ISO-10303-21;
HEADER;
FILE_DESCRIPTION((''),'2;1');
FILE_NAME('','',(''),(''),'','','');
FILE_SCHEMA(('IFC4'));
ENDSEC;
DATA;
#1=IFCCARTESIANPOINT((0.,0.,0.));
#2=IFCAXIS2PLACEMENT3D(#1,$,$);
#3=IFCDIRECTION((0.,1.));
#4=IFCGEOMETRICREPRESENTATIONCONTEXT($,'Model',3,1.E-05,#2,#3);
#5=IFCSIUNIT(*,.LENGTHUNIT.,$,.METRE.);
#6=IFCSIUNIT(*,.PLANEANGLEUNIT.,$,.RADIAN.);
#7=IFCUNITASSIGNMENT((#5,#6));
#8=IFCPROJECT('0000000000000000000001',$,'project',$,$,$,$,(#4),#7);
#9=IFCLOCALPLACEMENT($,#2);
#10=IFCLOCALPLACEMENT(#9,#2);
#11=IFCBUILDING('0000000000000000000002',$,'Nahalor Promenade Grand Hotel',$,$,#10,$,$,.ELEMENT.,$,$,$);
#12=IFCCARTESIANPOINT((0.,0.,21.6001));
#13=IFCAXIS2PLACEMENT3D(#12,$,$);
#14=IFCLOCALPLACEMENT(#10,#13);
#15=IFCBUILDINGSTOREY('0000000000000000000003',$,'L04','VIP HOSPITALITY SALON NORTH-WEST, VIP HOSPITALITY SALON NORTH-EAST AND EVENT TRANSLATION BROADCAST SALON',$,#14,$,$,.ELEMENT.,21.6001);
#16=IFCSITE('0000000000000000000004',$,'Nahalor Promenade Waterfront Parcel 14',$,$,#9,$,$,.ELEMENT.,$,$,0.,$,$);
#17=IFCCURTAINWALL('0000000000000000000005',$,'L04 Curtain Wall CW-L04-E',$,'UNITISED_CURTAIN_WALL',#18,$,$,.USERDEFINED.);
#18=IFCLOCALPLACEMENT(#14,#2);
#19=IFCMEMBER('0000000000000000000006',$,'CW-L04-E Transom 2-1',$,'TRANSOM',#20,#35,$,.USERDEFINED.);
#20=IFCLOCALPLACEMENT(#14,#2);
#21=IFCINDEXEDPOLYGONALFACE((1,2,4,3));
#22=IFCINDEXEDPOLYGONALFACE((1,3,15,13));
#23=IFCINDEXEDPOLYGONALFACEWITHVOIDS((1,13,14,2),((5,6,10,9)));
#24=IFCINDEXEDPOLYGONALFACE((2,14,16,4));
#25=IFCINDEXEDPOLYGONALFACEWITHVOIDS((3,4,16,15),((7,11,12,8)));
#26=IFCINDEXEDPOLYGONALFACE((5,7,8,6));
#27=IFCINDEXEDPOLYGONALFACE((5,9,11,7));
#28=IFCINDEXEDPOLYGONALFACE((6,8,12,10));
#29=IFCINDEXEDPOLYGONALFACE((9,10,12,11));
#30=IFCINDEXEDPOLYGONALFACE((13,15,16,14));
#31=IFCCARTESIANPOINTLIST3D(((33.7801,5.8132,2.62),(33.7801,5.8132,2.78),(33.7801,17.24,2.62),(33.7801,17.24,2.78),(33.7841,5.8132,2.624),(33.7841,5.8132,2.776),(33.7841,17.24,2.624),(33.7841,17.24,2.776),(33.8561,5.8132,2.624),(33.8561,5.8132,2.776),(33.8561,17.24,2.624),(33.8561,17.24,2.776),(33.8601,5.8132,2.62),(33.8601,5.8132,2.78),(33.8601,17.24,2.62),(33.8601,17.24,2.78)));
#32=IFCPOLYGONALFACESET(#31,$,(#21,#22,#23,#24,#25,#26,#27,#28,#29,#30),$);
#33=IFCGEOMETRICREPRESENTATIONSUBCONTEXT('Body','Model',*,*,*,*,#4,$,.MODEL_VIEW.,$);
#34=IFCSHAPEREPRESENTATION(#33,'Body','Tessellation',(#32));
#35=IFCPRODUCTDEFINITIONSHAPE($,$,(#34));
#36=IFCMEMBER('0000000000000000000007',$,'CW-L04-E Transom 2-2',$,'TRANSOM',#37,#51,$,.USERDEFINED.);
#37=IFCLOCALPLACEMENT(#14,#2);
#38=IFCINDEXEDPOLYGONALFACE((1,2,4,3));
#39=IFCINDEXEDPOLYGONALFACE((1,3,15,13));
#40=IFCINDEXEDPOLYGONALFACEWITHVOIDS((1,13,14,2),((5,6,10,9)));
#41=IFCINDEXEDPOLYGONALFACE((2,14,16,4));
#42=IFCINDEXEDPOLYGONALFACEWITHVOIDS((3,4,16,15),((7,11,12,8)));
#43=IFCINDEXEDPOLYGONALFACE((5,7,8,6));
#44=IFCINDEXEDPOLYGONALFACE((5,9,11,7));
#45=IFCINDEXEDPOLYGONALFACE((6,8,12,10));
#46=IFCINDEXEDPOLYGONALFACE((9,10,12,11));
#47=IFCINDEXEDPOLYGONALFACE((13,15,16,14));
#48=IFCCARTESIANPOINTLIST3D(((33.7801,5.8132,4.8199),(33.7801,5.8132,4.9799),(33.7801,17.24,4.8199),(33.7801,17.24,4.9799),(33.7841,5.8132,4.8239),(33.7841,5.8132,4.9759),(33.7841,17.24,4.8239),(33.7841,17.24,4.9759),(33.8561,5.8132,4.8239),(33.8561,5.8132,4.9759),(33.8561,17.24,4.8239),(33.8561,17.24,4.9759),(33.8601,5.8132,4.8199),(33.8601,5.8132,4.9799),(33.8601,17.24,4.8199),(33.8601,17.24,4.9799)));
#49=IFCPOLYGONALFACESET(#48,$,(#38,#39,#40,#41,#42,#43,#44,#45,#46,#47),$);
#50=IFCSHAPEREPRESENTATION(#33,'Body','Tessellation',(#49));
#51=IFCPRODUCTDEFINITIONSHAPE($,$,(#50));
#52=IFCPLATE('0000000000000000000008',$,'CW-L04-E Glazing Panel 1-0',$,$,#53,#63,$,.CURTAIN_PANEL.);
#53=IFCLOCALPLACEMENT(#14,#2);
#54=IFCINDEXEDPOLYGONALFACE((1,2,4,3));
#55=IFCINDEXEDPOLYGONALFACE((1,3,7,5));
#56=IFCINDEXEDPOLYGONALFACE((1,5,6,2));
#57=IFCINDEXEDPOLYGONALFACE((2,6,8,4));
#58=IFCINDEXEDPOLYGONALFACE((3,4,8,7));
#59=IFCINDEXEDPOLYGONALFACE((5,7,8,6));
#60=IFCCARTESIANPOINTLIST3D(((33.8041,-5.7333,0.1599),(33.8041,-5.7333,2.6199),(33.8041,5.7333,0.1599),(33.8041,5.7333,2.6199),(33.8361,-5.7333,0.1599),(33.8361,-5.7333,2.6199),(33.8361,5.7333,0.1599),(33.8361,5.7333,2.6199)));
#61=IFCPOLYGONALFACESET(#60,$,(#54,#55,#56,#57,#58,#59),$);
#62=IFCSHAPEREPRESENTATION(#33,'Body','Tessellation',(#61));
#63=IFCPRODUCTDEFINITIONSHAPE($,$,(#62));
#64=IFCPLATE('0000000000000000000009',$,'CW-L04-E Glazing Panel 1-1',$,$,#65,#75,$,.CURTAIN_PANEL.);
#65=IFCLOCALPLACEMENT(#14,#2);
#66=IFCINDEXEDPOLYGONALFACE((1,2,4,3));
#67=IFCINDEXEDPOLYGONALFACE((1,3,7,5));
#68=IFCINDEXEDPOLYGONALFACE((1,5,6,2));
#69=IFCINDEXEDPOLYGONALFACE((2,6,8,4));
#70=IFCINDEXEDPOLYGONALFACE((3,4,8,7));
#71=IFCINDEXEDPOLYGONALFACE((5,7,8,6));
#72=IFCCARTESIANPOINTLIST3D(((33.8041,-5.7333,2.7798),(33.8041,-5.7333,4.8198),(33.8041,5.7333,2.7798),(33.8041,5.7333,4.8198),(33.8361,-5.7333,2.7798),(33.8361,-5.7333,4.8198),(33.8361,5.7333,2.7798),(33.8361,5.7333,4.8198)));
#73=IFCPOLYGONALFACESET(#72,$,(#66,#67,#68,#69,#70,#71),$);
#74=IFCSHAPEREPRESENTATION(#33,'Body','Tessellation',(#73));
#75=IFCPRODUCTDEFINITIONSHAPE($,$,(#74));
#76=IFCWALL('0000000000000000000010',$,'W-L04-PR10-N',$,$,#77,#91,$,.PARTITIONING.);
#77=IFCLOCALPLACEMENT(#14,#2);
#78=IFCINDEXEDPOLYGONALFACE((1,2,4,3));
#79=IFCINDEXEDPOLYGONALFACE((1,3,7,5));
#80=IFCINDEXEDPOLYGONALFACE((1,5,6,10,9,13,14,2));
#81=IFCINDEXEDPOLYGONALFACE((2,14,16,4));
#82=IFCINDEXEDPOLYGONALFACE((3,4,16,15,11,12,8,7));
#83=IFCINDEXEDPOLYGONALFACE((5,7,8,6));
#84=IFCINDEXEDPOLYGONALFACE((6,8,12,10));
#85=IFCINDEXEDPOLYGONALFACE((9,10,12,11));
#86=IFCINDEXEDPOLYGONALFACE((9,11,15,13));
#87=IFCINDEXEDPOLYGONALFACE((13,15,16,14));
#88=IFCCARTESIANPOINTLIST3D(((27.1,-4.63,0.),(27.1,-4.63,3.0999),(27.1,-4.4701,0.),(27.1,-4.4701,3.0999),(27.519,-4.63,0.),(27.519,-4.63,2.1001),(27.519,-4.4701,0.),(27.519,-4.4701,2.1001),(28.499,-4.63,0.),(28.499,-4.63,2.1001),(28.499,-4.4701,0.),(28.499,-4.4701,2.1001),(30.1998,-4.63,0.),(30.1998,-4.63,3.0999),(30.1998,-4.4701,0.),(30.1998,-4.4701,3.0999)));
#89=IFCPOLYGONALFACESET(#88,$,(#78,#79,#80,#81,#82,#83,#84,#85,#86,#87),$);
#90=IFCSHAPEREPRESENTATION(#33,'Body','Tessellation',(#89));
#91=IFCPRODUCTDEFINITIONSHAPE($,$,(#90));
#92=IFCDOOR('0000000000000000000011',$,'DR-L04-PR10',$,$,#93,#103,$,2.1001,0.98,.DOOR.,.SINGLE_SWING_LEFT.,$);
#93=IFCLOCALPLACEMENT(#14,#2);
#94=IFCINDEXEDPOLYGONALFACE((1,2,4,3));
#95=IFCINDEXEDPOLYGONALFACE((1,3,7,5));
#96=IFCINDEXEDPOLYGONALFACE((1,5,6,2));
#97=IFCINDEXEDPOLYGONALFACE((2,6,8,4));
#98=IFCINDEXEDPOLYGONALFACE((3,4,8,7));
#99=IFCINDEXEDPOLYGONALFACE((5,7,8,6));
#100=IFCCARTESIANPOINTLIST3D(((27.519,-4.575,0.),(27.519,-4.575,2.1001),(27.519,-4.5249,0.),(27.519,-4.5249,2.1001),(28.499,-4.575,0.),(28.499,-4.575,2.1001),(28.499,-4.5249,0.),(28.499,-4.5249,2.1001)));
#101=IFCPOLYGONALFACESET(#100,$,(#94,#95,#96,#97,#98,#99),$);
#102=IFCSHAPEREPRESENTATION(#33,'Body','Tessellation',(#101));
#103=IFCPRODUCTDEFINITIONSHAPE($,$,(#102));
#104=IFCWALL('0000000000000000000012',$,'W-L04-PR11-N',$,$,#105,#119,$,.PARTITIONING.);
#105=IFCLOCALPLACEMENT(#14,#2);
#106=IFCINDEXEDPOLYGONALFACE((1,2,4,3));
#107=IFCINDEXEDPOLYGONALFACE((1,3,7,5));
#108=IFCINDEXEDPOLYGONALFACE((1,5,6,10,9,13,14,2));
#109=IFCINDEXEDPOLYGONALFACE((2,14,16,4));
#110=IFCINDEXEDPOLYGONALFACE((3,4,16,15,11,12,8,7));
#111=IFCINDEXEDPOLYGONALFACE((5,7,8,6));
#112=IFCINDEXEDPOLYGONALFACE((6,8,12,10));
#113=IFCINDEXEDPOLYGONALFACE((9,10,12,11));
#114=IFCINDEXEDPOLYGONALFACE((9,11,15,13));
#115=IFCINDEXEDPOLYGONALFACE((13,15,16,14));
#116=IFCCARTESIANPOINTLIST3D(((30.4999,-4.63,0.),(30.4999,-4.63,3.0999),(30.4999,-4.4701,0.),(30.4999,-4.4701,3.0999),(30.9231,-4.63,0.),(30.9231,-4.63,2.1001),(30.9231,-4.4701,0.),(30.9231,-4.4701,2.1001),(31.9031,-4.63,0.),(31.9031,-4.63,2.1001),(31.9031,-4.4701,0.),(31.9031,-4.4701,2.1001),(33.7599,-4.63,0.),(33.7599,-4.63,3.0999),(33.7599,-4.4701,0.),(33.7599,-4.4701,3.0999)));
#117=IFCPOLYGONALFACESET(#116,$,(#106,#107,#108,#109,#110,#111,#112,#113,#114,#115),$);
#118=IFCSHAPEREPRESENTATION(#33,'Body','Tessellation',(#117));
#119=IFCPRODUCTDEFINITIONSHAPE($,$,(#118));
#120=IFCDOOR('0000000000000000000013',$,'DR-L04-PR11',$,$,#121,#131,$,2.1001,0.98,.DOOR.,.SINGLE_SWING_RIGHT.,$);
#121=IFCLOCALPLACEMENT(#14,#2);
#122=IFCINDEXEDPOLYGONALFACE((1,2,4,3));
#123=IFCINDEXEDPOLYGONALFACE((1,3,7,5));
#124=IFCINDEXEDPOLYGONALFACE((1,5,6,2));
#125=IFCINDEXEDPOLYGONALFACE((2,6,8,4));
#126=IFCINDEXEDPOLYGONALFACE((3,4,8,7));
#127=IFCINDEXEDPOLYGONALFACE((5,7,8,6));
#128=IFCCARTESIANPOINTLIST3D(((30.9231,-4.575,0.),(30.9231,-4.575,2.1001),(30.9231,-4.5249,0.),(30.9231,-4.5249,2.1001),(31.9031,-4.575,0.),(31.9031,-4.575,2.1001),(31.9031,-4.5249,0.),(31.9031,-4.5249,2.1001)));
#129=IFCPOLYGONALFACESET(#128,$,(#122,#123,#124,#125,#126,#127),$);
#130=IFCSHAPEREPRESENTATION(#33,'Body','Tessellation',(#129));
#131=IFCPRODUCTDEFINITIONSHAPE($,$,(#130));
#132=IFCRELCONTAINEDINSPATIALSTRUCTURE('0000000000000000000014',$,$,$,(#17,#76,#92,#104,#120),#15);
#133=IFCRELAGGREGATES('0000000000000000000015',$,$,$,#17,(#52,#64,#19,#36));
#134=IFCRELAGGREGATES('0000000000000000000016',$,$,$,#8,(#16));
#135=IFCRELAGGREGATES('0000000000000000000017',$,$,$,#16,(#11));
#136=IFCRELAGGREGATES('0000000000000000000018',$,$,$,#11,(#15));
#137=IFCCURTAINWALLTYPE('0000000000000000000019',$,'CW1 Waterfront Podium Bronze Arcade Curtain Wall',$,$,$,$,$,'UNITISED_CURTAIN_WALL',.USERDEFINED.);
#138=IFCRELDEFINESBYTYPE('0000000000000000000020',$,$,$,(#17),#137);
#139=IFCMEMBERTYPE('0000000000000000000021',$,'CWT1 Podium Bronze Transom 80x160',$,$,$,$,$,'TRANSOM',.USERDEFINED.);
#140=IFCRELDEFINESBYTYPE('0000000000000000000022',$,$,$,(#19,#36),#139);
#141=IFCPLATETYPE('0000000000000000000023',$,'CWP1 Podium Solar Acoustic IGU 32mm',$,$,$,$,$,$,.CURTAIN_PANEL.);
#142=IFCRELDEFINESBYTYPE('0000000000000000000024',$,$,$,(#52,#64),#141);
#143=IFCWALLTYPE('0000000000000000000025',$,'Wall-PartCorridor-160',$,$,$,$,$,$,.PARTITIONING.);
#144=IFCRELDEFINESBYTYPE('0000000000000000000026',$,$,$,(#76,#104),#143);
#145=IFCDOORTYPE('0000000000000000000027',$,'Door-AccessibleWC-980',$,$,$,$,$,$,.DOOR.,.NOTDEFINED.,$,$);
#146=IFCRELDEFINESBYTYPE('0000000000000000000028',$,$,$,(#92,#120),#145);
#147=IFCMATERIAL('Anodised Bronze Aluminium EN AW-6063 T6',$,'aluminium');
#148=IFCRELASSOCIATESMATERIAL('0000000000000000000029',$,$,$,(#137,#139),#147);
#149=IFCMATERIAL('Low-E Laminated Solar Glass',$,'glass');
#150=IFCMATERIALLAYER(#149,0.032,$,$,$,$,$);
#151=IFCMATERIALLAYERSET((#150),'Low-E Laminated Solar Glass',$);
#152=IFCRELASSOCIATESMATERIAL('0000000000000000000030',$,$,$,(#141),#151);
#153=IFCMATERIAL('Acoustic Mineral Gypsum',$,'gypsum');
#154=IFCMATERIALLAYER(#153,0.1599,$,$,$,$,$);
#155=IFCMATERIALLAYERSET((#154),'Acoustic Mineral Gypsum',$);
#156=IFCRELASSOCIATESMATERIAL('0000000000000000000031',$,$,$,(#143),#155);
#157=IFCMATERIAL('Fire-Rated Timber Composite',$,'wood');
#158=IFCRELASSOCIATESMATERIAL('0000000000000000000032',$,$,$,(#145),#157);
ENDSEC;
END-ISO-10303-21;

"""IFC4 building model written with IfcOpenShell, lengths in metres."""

from ifc_helpers import new_model, si_unit, direction, frame, frame_2d, origin, origin_2d, place, context, subcontext, project, spatial, rectangle, hollow_rectangle, extrude, source, transform, mapped, material, layer, layer_set, material_profile, profile_set, type_object, element, fill, aggregate, save


model = new_model("IFC4")

# Units and contexts
model_context = context("Model", 3, precision=1e-05, world=origin(), true_north=direction((0.0, 1.0)))
body_context = subcontext(model_context, "Body", "Model", "MODEL_VIEW")
ifc_project = project(units=[si_unit("LENGTHUNIT", "METRE"), si_unit("PLANEANGLEUNIT", "RADIAN")], contexts=[model_context])

# Site, building, storey
site_placement = place(None, origin())
site = spatial("IfcSite", under=ifc_project, at=site_placement, Name="Nahalor Promenade Waterfront Parcel 14", CompositionType="ELEMENT", RefElevation=0.0)
building_placement = place(site_placement, origin())
building = spatial("IfcBuilding", under=site, at=building_placement, Name="Nahalor Promenade Grand Hotel", CompositionType="ELEMENT")
storey_placement = place(building_placement, frame((0.0, 0.0, 21.6001)))
storey = spatial("IfcBuildingStorey", under=building, at=storey_placement, Name="L04", Description="VIP HOSPITALITY SALON NORTH-WEST, VIP HOSPITALITY SALON NORTH-EAST AND EVENT TRANSLATION BROADCAST SALON", CompositionType="ELEMENT", Elevation=21.6001)

# Curtain wall, members, plates
ifc_material_1 = material(Name="Anodised Bronze Aluminium EN AW-6063 T6", Category="aluminium")
curtain_wall_type = type_object("IfcCurtainWallType", Name="CW1 Waterfront Podium Bronze Arcade Curtain Wall", ElementType="UNITISED_CURTAIN_WALL", PredefinedType="USERDEFINED", material=ifc_material_1)
curtain_wall_placement = place(storey_placement, origin())
curtain_wall = element("IfcCurtainWall", 1, at=curtain_wall_placement, inside=storey, type_object=curtain_wall_type, Name="L04 Curtain Wall CW-L04-E", ObjectType="UNITISED_CURTAIN_WALL", PredefinedType="USERDEFINED")
ifc_material_profile_1 = material_profile(ifc_material_1, hollow_rectangle(XDim=0.08, YDim=0.16, WallThickness=0.004, at=origin_2d()), Name="CWT 80x160x4")
ifc_profile_set_1 = profile_set([ifc_material_profile_1], Name="Anodised Bronze Aluminium EN AW-6063 T6")
member_type_1 = type_object("IfcMemberType", Name="CWT1 Podium Bronze Transom 80x160", ElementType="TRANSOM", PredefinedType="USERDEFINED", material=ifc_profile_set_1)
shared_shape_1 = source(origin(), body_context, "Body", "SweptSolid", [
    extrude(hollow_rectangle(XDim=0.08, YDim=0.16, WallThickness=0.004, at=origin_2d()), origin(), (0.0, 0.0, 1.0), 11.4268),
])
member_1_placement = place(storey_placement, frame((33.8201, 5.8132, 2.7), z_axis=(0.0, 1.0, 0.0), x_axis=(-1.0, 0.0, 0.0)))
member_1 = element("IfcMember", 2, at=member_1_placement, type_object=member_type_1, Name="CW-L04-E Transom 2-1", ObjectType="TRANSOM", PredefinedType="USERDEFINED", context=body_context, shape_type="MappedRepresentation", body=[
    mapped(shared_shape_1, transform((0.0, 0.0, 0.0), scale=1.0)),
])
member_2_placement = place(storey_placement, frame((33.8201, 5.8132, 4.8999), z_axis=(0.0, 1.0, 0.0), x_axis=(-1.0, 0.0, 0.0)))
member_2 = element("IfcMember", 3, at=member_2_placement, type_object=member_type_1, Name="CW-L04-E Transom 2-2", ObjectType="TRANSOM", PredefinedType="USERDEFINED", context=body_context, shape_type="MappedRepresentation", body=[
    mapped(shared_shape_1, transform((0.0, 0.0, 0.0), scale=1.0)),
])
ifc_material_2 = material(Name="Low-E Laminated Solar Glass", Category="glass")
ifc_layer_1 = layer(ifc_material_2, 0.032)
ifc_layer_set_1 = layer_set([ifc_layer_1], Name="Low-E Laminated Solar Glass")
plate_type = type_object("IfcPlateType", Name="CWP1 Podium Solar Acoustic IGU 32mm", PredefinedType="CURTAIN_PANEL", material=ifc_layer_set_1)
shared_shape_2 = source(origin(), body_context, "Body", "SweptSolid", [
    extrude(rectangle(XDim=11.4666, YDim=0.032, at=origin_2d()), origin(), (0.0, 0.0, 1.0), 2.46),
])
plate_1_placement = place(storey_placement, frame((33.8201, 0.0, 0.1599), z_axis=(0.0, 0.0, 1.0), x_axis=(0.0, 1.0, 0.0)))
plate_1 = element("IfcPlate", 4, at=plate_1_placement, type_object=plate_type, Name="CW-L04-E Glazing Panel 1-0", PredefinedType="CURTAIN_PANEL", context=body_context, shape_type="MappedRepresentation", body=[
    mapped(shared_shape_2, transform((0.0, 0.0, 0.0), scale=1.0)),
])
shared_shape_3 = source(origin(), body_context, "Body", "SweptSolid", [
    extrude(rectangle(XDim=11.4666, YDim=0.032, at=origin_2d()), origin(), (0.0, 0.0, 1.0), 2.04),
])
plate_2_placement = place(storey_placement, frame((33.8201, 0.0, 2.7798), z_axis=(0.0, 0.0, 1.0), x_axis=(0.0, 1.0, 0.0)))
plate_2 = element("IfcPlate", 5, at=plate_2_placement, type_object=plate_type, Name="CW-L04-E Glazing Panel 1-1", PredefinedType="CURTAIN_PANEL", context=body_context, shape_type="MappedRepresentation", body=[
    mapped(shared_shape_3, transform((0.0, 0.0, 0.0), scale=1.0)),
])
aggregate(curtain_wall, [plate_1, plate_2, member_1, member_2])

# Walls, openings, doors
ifc_material_3 = material(Name="Acoustic Mineral Gypsum", Category="gypsum")
ifc_layer_2 = layer(ifc_material_3, 0.1599)
ifc_layer_set_2 = layer_set([ifc_layer_2], Name="Acoustic Mineral Gypsum")
wall_type = type_object("IfcWallType", Name="Wall-PartCorridor-160", PredefinedType="PARTITIONING", material=ifc_layer_set_2)
shared_shape_4 = source(origin(), body_context, "Body", "SweptSolid", [
    extrude(rectangle(XDim=3.0999, YDim=0.1599, at=frame_2d((1.5498, 0.0))), origin(), (0.0, 0.0, 1.0), 3.0999),
])
wall_1_placement = place(storey_placement, frame((27.1001, -4.55, 0.0), z_axis=(0.0, 0.0, 1.0), x_axis=(1.0, 0.0, 0.0)))
wall_1 = element("IfcWall", 6, at=wall_1_placement, inside=storey, type_object=wall_type, Name="W-L04-PR10-N", PredefinedType="PARTITIONING", context=body_context, shape_type="MappedRepresentation", body=[
    mapped(shared_shape_4, transform((0.0, 0.0, 0.0), scale=1.0)),
])
opening_1_placement = place(wall_1_placement, frame((0.4189, 0.0, 0.0)))
opening_1 = element("IfcOpeningElement", 7, at=opening_1_placement, cuts=wall_1, PredefinedType="OPENING", context=body_context, shape_type="SweptSolid", body=[
    extrude(rectangle(XDim=0.98, YDim=2.1001, at=frame_2d((0.49, 1.05))), frame((0.0, 0.0898, 0.0), z_axis=(0.0, -1.0, 0.0), x_axis=(1.0, 0.0, 0.0)), (0.0, 0.0, 1.0), 0.1799),
])
ifc_material_4 = material(Name="Fire-Rated Timber Composite", Category="wood")
door_type = type_object("IfcDoorType", Name="Door-AccessibleWC-980", OperationType="NOTDEFINED", PredefinedType="DOOR", material=ifc_material_4)
shared_shape_5 = source(origin(), body_context, "Body", "SweptSolid", [
    extrude(rectangle(XDim=0.98, YDim=2.1001, at=frame_2d((0.49, 1.05))), frame((0.0, 0.0249, 0.0), z_axis=(0.0, -1.0, 0.0), x_axis=(1.0, 0.0, 0.0)), (0.0, 0.0, 1.0), 0.05),
])
door_1_placement = place(opening_1_placement, frame((0.98, 0.0, 0.0), z_axis=(0.0, 0.0, 1.0), x_axis=(-1.0, 0.0, 0.0)))
door_1 = element("IfcDoor", 8, at=door_1_placement, inside=storey, type_object=door_type, Name="DR-L04-PR10", OperationType="SINGLE_SWING_LEFT", OverallHeight=2.1001, OverallWidth=0.98, PredefinedType="DOOR", context=body_context, shape_type="MappedRepresentation", body=[
    mapped(shared_shape_5, transform((0.0, 0.0, 0.0), scale=1.0)),
])
fill(opening_1, door_1)
shared_shape_6 = source(origin(), body_context, "Body", "SweptSolid", [
    extrude(rectangle(XDim=3.26, YDim=0.1599, at=frame_2d((1.6299, 0.0))), origin(), (0.0, 0.0, 1.0), 3.0999),
])
wall_2_placement = place(storey_placement, frame((30.5, -4.55, 0.0), z_axis=(0.0, 0.0, 1.0), x_axis=(1.0, 0.0, 0.0)))
wall_2 = element("IfcWall", 9, at=wall_2_placement, inside=storey, type_object=wall_type, Name="W-L04-PR11-N", PredefinedType="PARTITIONING", context=body_context, shape_type="MappedRepresentation", body=[
    mapped(shared_shape_6, transform((0.0, 0.0, 0.0), scale=1.0)),
])
opening_2_placement = place(wall_2_placement, frame((0.4231, 0.0, 0.0)))
opening_2 = element("IfcOpeningElement", 10, at=opening_2_placement, cuts=wall_2, PredefinedType="OPENING", context=body_context, shape_type="SweptSolid", body=[
    extrude(rectangle(XDim=0.98, YDim=2.1001, at=frame_2d((0.49, 1.05))), frame((0.0, 0.0898, 0.0), z_axis=(0.0, -1.0, 0.0), x_axis=(1.0, 0.0, 0.0)), (0.0, 0.0, 1.0), 0.1799),
])
door_2_placement = place(opening_2_placement, frame((0.98, 0.0, 0.0), z_axis=(0.0, 0.0, 1.0), x_axis=(-1.0, 0.0, 0.0)))
door_2 = element("IfcDoor", 11, at=door_2_placement, inside=storey, type_object=door_type, Name="DR-L04-PR11", OperationType="SINGLE_SWING_RIGHT", OverallHeight=2.1001, OverallWidth=0.98, PredefinedType="DOOR", context=body_context, shape_type="MappedRepresentation", body=[
    mapped(shared_shape_5, transform((0.0, 0.0, 0.0), scale=1.0)),
])
fill(opening_2, door_2)

save(model, "model.ifc")
